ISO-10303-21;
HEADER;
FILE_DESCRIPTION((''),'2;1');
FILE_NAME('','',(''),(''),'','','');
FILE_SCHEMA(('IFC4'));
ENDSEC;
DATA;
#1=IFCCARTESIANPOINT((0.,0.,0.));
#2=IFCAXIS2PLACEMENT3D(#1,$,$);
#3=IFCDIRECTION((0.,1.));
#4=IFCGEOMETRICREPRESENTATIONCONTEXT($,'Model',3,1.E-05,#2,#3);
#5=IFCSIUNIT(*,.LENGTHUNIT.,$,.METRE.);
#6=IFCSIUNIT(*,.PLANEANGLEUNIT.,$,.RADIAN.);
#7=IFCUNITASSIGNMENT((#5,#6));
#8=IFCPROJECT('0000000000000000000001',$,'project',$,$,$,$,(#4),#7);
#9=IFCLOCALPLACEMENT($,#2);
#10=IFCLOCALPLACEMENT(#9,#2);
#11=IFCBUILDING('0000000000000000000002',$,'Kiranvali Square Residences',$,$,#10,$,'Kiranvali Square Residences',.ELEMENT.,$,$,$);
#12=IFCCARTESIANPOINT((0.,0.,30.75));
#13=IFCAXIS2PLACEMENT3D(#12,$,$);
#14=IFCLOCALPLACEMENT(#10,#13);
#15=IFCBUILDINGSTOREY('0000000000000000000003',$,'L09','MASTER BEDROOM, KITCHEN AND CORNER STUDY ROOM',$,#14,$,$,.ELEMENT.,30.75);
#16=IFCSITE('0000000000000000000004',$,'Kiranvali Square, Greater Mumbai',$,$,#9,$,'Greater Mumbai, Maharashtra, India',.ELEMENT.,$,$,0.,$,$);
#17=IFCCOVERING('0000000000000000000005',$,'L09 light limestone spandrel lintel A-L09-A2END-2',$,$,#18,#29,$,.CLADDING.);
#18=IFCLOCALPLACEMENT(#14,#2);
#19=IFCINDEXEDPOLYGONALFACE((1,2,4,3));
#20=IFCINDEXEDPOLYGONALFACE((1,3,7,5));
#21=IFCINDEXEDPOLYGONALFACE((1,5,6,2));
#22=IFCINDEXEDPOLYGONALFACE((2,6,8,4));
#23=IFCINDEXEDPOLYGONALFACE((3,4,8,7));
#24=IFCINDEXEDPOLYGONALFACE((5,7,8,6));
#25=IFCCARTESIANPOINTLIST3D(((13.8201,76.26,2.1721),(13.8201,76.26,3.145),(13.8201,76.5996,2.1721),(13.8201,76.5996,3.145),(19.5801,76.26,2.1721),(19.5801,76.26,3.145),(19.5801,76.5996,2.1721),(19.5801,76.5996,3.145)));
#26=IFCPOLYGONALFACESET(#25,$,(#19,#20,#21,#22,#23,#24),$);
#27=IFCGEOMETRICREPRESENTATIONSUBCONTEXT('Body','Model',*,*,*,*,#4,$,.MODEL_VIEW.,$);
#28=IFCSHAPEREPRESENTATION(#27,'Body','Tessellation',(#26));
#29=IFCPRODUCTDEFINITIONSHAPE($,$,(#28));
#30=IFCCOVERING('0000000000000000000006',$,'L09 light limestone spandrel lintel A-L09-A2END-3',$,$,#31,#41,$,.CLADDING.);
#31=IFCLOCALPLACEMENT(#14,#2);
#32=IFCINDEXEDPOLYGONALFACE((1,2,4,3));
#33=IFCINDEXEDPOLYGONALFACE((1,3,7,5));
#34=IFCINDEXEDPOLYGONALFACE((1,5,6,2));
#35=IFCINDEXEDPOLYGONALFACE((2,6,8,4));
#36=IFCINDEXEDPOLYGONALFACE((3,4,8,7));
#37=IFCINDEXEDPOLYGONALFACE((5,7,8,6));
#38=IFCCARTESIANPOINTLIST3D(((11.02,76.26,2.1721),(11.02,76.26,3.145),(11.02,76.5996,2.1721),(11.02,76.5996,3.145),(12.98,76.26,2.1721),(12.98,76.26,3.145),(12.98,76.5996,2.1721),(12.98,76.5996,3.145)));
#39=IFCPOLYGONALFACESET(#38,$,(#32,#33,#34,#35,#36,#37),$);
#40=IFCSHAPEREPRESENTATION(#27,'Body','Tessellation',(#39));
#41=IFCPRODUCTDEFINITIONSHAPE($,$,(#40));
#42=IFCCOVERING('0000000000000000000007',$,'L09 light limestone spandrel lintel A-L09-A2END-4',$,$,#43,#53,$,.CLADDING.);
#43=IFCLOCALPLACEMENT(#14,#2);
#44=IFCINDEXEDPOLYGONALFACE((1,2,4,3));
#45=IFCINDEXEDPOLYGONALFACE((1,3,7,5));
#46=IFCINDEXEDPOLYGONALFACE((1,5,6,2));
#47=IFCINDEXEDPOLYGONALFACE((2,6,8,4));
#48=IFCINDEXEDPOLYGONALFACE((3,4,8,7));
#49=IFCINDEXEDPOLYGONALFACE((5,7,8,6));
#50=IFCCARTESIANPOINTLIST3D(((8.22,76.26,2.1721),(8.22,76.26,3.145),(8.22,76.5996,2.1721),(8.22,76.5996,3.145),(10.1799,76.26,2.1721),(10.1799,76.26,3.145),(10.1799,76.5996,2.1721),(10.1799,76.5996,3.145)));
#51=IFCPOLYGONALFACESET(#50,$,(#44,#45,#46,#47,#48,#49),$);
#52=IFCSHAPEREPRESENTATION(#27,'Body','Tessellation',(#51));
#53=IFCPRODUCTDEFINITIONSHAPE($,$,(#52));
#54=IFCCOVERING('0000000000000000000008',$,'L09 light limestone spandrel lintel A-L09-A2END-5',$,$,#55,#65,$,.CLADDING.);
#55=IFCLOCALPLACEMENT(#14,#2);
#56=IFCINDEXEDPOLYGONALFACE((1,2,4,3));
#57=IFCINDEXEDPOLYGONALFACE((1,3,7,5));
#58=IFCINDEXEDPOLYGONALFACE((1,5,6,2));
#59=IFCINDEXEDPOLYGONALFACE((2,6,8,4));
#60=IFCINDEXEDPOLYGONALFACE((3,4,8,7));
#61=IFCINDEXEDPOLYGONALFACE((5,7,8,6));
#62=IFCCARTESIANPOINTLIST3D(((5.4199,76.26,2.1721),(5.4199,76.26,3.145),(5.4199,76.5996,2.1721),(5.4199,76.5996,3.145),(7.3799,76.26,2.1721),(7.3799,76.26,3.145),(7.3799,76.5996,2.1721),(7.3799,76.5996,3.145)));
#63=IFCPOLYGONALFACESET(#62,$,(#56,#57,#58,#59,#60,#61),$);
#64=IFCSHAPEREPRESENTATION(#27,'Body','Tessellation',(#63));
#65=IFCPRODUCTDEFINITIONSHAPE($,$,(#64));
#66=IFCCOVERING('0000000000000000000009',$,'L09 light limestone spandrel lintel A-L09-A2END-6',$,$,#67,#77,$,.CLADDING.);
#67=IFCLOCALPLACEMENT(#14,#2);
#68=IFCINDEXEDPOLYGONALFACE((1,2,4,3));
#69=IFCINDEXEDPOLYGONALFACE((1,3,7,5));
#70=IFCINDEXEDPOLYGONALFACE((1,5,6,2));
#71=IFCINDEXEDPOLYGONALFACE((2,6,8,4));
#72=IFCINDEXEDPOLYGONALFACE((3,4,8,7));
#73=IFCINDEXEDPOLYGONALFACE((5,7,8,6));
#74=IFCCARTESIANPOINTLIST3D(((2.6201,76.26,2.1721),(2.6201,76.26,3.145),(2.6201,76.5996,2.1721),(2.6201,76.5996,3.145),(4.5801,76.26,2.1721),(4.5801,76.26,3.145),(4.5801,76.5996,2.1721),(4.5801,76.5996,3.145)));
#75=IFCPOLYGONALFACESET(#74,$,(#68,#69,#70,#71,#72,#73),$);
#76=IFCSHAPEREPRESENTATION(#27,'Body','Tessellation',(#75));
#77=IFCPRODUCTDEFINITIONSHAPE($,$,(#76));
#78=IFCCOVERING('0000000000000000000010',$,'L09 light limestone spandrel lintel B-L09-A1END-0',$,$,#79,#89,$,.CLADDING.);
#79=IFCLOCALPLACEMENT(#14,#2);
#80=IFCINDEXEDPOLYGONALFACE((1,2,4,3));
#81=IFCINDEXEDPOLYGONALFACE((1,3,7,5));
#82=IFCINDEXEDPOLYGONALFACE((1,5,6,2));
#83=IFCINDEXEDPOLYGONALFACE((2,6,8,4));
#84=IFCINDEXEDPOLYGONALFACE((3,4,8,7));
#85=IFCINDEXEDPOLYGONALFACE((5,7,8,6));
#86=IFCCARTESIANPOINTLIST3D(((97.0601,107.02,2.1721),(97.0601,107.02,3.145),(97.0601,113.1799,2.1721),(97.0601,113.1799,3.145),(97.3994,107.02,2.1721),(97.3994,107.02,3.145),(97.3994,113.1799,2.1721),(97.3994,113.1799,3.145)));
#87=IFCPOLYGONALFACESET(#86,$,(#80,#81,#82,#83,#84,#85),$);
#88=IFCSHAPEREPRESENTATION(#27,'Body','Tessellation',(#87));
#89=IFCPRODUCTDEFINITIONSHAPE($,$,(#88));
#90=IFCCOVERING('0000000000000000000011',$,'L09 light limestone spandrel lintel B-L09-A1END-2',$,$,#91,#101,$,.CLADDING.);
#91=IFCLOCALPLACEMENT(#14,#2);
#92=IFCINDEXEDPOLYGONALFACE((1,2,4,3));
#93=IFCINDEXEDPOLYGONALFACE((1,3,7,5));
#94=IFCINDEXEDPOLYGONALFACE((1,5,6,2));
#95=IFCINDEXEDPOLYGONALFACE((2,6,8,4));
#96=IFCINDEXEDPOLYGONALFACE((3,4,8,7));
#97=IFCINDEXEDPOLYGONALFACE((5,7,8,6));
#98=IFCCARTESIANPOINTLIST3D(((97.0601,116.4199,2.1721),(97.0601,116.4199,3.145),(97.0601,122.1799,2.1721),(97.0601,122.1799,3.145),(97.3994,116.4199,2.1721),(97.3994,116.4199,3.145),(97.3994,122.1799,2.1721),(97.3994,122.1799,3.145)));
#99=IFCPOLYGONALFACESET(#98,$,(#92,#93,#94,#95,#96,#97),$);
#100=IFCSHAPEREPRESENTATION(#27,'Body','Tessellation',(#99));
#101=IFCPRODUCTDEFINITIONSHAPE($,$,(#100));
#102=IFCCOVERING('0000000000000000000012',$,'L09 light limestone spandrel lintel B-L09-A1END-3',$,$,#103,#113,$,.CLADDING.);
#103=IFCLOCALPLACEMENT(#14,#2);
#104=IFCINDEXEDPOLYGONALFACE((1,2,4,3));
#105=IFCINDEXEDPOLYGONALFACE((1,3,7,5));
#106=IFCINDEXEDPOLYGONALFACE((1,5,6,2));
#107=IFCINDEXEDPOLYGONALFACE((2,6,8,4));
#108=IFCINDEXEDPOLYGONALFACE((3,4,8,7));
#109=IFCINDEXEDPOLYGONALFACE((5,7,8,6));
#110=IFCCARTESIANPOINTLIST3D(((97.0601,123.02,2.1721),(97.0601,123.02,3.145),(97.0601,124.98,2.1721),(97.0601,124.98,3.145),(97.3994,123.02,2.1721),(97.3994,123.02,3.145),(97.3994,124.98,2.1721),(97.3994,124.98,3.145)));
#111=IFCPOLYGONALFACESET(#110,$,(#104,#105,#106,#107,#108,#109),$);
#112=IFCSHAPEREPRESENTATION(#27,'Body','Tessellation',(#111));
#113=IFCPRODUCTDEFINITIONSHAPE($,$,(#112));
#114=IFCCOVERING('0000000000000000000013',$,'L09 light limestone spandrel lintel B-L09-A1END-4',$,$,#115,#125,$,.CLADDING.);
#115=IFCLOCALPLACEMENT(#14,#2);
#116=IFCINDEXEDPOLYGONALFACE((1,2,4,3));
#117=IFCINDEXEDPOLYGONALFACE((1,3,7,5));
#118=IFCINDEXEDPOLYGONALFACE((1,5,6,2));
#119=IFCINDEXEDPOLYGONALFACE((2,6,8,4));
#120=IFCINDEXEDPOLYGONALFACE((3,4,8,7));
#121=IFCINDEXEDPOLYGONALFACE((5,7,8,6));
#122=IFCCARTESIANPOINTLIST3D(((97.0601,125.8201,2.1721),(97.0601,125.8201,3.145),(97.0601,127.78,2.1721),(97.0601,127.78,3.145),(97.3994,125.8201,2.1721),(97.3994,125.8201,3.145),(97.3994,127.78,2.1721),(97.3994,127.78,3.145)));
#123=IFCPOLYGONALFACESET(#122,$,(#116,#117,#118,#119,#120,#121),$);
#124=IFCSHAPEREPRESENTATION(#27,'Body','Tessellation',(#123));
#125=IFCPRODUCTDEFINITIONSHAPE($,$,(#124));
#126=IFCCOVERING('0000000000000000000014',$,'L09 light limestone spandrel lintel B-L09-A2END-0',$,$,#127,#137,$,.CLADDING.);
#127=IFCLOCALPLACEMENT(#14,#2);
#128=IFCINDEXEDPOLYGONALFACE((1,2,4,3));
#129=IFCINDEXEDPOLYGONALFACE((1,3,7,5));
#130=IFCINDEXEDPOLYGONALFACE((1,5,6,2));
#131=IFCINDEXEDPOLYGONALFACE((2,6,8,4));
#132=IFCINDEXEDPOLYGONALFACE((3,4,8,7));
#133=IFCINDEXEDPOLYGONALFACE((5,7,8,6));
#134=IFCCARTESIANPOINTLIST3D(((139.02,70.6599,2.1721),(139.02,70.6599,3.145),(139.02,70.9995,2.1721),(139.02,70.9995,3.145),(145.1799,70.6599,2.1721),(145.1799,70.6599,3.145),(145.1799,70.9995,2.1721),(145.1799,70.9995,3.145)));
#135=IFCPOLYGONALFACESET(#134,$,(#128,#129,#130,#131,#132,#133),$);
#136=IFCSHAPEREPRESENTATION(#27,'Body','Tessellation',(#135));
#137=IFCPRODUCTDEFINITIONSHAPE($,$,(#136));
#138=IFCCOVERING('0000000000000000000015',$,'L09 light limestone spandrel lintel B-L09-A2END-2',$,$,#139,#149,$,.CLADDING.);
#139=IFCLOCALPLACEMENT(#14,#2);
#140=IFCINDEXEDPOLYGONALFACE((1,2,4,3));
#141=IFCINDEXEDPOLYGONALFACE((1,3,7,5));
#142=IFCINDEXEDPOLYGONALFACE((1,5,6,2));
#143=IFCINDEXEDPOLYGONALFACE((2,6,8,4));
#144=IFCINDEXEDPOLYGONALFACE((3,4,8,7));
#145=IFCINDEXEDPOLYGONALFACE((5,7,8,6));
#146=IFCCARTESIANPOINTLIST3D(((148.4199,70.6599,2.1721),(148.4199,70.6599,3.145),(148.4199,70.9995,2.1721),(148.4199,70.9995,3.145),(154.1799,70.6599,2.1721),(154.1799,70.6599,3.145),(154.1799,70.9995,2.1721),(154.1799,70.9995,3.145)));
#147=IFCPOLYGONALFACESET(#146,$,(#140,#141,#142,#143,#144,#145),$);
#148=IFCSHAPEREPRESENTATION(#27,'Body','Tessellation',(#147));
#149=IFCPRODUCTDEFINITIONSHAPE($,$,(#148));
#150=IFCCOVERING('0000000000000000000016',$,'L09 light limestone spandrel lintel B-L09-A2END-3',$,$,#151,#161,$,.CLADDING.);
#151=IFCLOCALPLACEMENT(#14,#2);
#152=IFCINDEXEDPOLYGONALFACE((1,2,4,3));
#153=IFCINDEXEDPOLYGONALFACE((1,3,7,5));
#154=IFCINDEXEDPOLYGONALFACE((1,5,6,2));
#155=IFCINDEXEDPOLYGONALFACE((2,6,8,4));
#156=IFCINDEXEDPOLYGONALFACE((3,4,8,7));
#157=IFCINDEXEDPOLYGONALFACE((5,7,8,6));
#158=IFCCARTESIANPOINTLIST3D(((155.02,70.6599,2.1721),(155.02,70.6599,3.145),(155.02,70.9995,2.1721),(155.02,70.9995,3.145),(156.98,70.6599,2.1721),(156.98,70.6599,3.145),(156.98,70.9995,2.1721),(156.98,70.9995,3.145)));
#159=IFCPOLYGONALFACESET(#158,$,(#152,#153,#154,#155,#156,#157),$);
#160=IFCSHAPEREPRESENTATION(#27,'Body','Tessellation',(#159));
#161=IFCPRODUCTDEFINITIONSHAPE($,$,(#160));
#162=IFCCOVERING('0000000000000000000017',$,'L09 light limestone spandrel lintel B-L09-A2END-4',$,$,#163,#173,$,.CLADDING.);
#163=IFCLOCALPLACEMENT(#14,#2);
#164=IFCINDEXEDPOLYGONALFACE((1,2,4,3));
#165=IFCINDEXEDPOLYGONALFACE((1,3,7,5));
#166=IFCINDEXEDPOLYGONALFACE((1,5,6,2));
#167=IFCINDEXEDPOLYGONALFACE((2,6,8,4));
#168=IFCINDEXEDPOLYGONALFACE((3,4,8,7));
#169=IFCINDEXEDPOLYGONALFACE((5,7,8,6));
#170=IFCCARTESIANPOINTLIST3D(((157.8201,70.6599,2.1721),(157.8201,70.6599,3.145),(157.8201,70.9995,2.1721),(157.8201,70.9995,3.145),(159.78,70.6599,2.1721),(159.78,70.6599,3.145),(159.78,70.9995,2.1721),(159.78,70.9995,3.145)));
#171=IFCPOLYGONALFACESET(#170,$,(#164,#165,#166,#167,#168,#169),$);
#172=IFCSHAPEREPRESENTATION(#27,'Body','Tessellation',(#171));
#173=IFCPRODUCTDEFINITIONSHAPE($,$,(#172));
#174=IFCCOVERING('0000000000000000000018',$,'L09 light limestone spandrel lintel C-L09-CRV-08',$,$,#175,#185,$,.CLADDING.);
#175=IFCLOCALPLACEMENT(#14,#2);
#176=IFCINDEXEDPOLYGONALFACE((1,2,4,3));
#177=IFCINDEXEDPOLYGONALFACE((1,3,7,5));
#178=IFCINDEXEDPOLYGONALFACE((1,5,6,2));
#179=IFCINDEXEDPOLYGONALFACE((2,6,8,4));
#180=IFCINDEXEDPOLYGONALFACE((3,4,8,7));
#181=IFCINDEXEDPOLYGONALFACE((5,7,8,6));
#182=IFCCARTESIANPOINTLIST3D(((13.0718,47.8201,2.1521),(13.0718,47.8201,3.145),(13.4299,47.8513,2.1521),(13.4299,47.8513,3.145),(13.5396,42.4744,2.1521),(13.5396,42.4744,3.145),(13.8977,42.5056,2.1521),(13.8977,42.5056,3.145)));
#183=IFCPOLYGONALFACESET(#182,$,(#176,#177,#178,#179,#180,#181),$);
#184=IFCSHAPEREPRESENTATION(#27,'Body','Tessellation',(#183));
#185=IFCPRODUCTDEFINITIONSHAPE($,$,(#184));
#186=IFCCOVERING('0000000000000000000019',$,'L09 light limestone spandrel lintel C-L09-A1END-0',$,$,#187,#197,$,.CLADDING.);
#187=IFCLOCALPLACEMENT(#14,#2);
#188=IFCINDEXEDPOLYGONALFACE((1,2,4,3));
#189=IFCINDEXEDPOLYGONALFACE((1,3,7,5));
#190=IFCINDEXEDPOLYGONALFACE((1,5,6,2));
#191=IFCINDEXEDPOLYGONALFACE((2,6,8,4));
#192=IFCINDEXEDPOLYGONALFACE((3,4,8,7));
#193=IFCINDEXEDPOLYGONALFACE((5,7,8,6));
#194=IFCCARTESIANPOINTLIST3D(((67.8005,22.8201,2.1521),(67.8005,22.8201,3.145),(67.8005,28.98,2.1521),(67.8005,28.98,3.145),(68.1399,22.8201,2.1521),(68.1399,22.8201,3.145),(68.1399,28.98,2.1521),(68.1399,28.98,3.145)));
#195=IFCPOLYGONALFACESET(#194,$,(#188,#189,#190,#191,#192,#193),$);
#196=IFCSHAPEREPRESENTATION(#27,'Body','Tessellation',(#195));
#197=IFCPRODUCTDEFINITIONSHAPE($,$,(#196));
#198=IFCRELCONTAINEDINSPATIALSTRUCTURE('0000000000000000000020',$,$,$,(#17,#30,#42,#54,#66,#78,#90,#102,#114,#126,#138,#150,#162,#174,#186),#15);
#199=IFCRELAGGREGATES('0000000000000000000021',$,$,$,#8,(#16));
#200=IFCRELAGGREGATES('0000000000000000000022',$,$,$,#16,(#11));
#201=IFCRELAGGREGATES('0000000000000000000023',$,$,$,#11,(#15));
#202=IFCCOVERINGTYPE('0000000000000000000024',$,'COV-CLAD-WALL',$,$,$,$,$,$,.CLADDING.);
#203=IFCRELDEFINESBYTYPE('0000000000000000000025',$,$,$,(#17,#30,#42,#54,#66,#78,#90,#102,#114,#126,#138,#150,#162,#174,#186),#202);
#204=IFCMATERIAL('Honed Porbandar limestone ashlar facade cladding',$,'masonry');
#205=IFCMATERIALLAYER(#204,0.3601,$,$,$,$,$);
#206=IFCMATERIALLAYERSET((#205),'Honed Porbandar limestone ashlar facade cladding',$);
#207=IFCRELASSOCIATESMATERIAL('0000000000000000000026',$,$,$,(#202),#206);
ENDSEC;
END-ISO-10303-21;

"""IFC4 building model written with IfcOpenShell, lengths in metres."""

from ifc_helpers import new_model, si_unit, direction, frame, origin, place, context, subcontext, project, spatial, polyline, outline, extrude, material, layer, layer_set, type_object, element, save


model = new_model("IFC4")

# Units and contexts
model_context = context("Model", 3, precision=1e-05, world=origin(), true_north=direction((0.0, 1.0)))
body_context = subcontext(model_context, "Body", "Model", "MODEL_VIEW")
ifc_project = project(units=[si_unit("LENGTHUNIT", "METRE"), si_unit("PLANEANGLEUNIT", "RADIAN")], contexts=[model_context])

# Site, building, storey
site_placement = place(None, origin())
site = spatial("IfcSite", under=ifc_project, at=site_placement, Name="Kiranvali Square, Greater Mumbai", LongName="Greater Mumbai, Maharashtra, India", CompositionType="ELEMENT", RefElevation=0.0)
building_placement = place(site_placement, origin())
building = spatial("IfcBuilding", under=site, at=building_placement, Name="Kiranvali Square Residences", LongName="Kiranvali Square Residences", CompositionType="ELEMENT")
storey_placement = place(building_placement, frame((0.0, 0.0, 30.75)))
storey = spatial("IfcBuildingStorey", under=building, at=storey_placement, Name="L09", Description="MASTER BEDROOM, KITCHEN AND CORNER STUDY ROOM", CompositionType="ELEMENT", Elevation=30.75)

# Coverings
ifc_material = material(Name="Honed Porbandar limestone ashlar facade cladding", Category="masonry")
ifc_layer = layer(ifc_material, 0.3601)
ifc_layer_set = layer_set([ifc_layer], Name="Honed Porbandar limestone ashlar facade cladding")
covering_type = type_object("IfcCoveringType", Name="COV-CLAD-WALL", PredefinedType="CLADDING", material=ifc_layer_set)
covering_1_placement = place(storey_placement, frame((0.0, 0.0, 2.1721)))
element("IfcCovering", 1, at=covering_1_placement, inside=storey, type_object=covering_type, Name="L09 light limestone spandrel lintel A-L09-A2END-2", PredefinedType="CLADDING", context=body_context, shape_type="SweptSolid", body=[
    extrude(outline(polyline([(19.5801, 76.5996), (13.8201, 76.5996), (13.8201, 76.26), (19.5801, 76.26), (19.5801, 76.5996)])), origin(), (0.0, 0.0, 1.0), 0.9729),
])
covering_2_placement = place(storey_placement, frame((0.0, 0.0, 2.1721)))
element("IfcCovering", 2, at=covering_2_placement, inside=storey, type_object=covering_type, Name="L09 light limestone spandrel lintel A-L09-A2END-3", PredefinedType="CLADDING", context=body_context, shape_type="SweptSolid", body=[
    extrude(outline(polyline([(12.98, 76.5996), (11.02, 76.5996), (11.02, 76.26), (12.98, 76.26), (12.98, 76.5996)])), origin(), (0.0, 0.0, 1.0), 0.9729),
])
covering_3_placement = place(storey_placement, frame((0.0, 0.0, 2.1721)))
element("IfcCovering", 3, at=covering_3_placement, inside=storey, type_object=covering_type, Name="L09 light limestone spandrel lintel A-L09-A2END-4", PredefinedType="CLADDING", context=body_context, shape_type="SweptSolid", body=[
    extrude(outline(polyline([(10.1799, 76.5996), (8.22, 76.5996), (8.22, 76.26), (10.1799, 76.26), (10.1799, 76.5996)])), origin(), (0.0, 0.0, 1.0), 0.9729),
])
covering_4_placement = place(storey_placement, frame((0.0, 0.0, 2.1721)))
element("IfcCovering", 4, at=covering_4_placement, inside=storey, type_object=covering_type, Name="L09 light limestone spandrel lintel A-L09-A2END-5", PredefinedType="CLADDING", context=body_context, shape_type="SweptSolid", body=[
    extrude(outline(polyline([(7.3799, 76.5996), (5.4199, 76.5996), (5.4199, 76.26), (7.3799, 76.26), (7.3799, 76.5996)])), origin(), (0.0, 0.0, 1.0), 0.9729),
])
covering_5_placement = place(storey_placement, frame((0.0, 0.0, 2.1721)))
element("IfcCovering", 5, at=covering_5_placement, inside=storey, type_object=covering_type, Name="L09 light limestone spandrel lintel A-L09-A2END-6", PredefinedType="CLADDING", context=body_context, shape_type="SweptSolid", body=[
    extrude(outline(polyline([(4.5801, 76.5996), (2.6201, 76.5996), (2.6201, 76.26), (4.5801, 76.26), (4.5801, 76.5996)])), origin(), (0.0, 0.0, 1.0), 0.9729),
])
covering_6_placement = place(storey_placement, frame((0.0, 0.0, 2.1721)))
element("IfcCovering", 6, at=covering_6_placement, inside=storey, type_object=covering_type, Name="L09 light limestone spandrel lintel B-L09-A1END-0", PredefinedType="CLADDING", context=body_context, shape_type="SweptSolid", body=[
    extrude(outline(polyline([(97.3994, 107.02), (97.3994, 113.1799), (97.0601, 113.1799), (97.0601, 107.02), (97.3994, 107.02)])), origin(), (0.0, 0.0, 1.0), 0.9729),
])
covering_7_placement = place(storey_placement, frame((0.0, 0.0, 2.1721)))
element("IfcCovering", 7, at=covering_7_placement, inside=storey, type_object=covering_type, Name="L09 light limestone spandrel lintel B-L09-A1END-2", PredefinedType="CLADDING", context=body_context, shape_type="SweptSolid", body=[
    extrude(outline(polyline([(97.3994, 116.4199), (97.3994, 122.1799), (97.0601, 122.1799), (97.0601, 116.4199), (97.3994, 116.4199)])), origin(), (0.0, 0.0, 1.0), 0.9729),
])
covering_8_placement = place(storey_placement, frame((0.0, 0.0, 2.1721)))
element("IfcCovering", 8, at=covering_8_placement, inside=storey, type_object=covering_type, Name="L09 light limestone spandrel lintel B-L09-A1END-3", PredefinedType="CLADDING", context=body_context, shape_type="SweptSolid", body=[
    extrude(outline(polyline([(97.3994, 123.02), (97.3994, 124.98), (97.0601, 124.98), (97.0601, 123.02), (97.3994, 123.02)])), origin(), (0.0, 0.0, 1.0), 0.9729),
])
covering_9_placement = place(storey_placement, frame((0.0, 0.0, 2.1721)))
element("IfcCovering", 9, at=covering_9_placement, inside=storey, type_object=covering_type, Name="L09 light limestone spandrel lintel B-L09-A1END-4", PredefinedType="CLADDING", context=body_context, shape_type="SweptSolid", body=[
    extrude(outline(polyline([(97.3994, 125.8201), (97.3994, 127.78), (97.0601, 127.78), (97.0601, 125.8201), (97.3994, 125.8201)])), origin(), (0.0, 0.0, 1.0), 0.9729),
])
covering_10_placement = place(storey_placement, frame((0.0, 0.0, 2.1721)))
element("IfcCovering", 10, at=covering_10_placement, inside=storey, type_object=covering_type, Name="L09 light limestone spandrel lintel B-L09-A2END-0", PredefinedType="CLADDING", context=body_context, shape_type="SweptSolid", body=[
    extrude(outline(polyline([(139.02, 70.6599), (145.1799, 70.6599), (145.1799, 70.9995), (139.02, 70.9995), (139.02, 70.6599)])), origin(), (0.0, 0.0, 1.0), 0.9729),
])
covering_11_placement = place(storey_placement, frame((0.0, 0.0, 2.1721)))
element("IfcCovering", 11, at=covering_11_placement, inside=storey, type_object=covering_type, Name="L09 light limestone spandrel lintel B-L09-A2END-2", PredefinedType="CLADDING", context=body_context, shape_type="SweptSolid", body=[
    extrude(outline(polyline([(148.4199, 70.6599), (154.1799, 70.6599), (154.1799, 70.9995), (148.4199, 70.9995), (148.4199, 70.6599)])), origin(), (0.0, 0.0, 1.0), 0.9729),
])
covering_12_placement = place(storey_placement, frame((0.0, 0.0, 2.1721)))
element("IfcCovering", 12, at=covering_12_placement, inside=storey, type_object=covering_type, Name="L09 light limestone spandrel lintel B-L09-A2END-3", PredefinedType="CLADDING", context=body_context, shape_type="SweptSolid", body=[
    extrude(outline(polyline([(155.02, 70.6599), (156.98, 70.6599), (156.98, 70.9995), (155.02, 70.9995), (155.02, 70.6599)])), origin(), (0.0, 0.0, 1.0), 0.9729),
])
covering_13_placement = place(storey_placement, frame((0.0, 0.0, 2.1721)))
element("IfcCovering", 13, at=covering_13_placement, inside=storey, type_object=covering_type, Name="L09 light limestone spandrel lintel B-L09-A2END-4", PredefinedType="CLADDING", context=body_context, shape_type="SweptSolid", body=[
    extrude(outline(polyline([(157.8201, 70.6599), (159.78, 70.6599), (159.78, 70.9995), (157.8201, 70.9995), (157.8201, 70.6599)])), origin(), (0.0, 0.0, 1.0), 0.9729),
])
covering_14_placement = place(storey_placement, frame((0.0, 0.0, 2.1521)))
element("IfcCovering", 14, at=covering_14_placement, inside=storey, type_object=covering_type, Name="L09 light limestone spandrel lintel C-L09-CRV-08", PredefinedType="CLADDING", context=body_context, shape_type="SweptSolid", body=[
    extrude(outline(polyline([(13.8977, 42.5056), (13.4299, 47.8513), (13.0718, 47.8201), (13.5396, 42.4744), (13.8977, 42.5056)])), origin(), (0.0, 0.0, 1.0), 0.9929),
])
covering_15_placement = place(storey_placement, frame((0.0, 0.0, 2.1521)))
element("IfcCovering", 15, at=covering_15_placement, inside=storey, type_object=covering_type, Name="L09 light limestone spandrel lintel C-L09-A1END-0", PredefinedType="CLADDING", context=body_context, shape_type="SweptSolid", body=[
    extrude(outline(polyline([(67.8005, 28.98), (67.8005, 22.8201), (68.1399, 22.8201), (68.1399, 28.98), (67.8005, 28.98)])), origin(), (0.0, 0.0, 1.0), 0.9929),
])

save(model, "model.ifc")
